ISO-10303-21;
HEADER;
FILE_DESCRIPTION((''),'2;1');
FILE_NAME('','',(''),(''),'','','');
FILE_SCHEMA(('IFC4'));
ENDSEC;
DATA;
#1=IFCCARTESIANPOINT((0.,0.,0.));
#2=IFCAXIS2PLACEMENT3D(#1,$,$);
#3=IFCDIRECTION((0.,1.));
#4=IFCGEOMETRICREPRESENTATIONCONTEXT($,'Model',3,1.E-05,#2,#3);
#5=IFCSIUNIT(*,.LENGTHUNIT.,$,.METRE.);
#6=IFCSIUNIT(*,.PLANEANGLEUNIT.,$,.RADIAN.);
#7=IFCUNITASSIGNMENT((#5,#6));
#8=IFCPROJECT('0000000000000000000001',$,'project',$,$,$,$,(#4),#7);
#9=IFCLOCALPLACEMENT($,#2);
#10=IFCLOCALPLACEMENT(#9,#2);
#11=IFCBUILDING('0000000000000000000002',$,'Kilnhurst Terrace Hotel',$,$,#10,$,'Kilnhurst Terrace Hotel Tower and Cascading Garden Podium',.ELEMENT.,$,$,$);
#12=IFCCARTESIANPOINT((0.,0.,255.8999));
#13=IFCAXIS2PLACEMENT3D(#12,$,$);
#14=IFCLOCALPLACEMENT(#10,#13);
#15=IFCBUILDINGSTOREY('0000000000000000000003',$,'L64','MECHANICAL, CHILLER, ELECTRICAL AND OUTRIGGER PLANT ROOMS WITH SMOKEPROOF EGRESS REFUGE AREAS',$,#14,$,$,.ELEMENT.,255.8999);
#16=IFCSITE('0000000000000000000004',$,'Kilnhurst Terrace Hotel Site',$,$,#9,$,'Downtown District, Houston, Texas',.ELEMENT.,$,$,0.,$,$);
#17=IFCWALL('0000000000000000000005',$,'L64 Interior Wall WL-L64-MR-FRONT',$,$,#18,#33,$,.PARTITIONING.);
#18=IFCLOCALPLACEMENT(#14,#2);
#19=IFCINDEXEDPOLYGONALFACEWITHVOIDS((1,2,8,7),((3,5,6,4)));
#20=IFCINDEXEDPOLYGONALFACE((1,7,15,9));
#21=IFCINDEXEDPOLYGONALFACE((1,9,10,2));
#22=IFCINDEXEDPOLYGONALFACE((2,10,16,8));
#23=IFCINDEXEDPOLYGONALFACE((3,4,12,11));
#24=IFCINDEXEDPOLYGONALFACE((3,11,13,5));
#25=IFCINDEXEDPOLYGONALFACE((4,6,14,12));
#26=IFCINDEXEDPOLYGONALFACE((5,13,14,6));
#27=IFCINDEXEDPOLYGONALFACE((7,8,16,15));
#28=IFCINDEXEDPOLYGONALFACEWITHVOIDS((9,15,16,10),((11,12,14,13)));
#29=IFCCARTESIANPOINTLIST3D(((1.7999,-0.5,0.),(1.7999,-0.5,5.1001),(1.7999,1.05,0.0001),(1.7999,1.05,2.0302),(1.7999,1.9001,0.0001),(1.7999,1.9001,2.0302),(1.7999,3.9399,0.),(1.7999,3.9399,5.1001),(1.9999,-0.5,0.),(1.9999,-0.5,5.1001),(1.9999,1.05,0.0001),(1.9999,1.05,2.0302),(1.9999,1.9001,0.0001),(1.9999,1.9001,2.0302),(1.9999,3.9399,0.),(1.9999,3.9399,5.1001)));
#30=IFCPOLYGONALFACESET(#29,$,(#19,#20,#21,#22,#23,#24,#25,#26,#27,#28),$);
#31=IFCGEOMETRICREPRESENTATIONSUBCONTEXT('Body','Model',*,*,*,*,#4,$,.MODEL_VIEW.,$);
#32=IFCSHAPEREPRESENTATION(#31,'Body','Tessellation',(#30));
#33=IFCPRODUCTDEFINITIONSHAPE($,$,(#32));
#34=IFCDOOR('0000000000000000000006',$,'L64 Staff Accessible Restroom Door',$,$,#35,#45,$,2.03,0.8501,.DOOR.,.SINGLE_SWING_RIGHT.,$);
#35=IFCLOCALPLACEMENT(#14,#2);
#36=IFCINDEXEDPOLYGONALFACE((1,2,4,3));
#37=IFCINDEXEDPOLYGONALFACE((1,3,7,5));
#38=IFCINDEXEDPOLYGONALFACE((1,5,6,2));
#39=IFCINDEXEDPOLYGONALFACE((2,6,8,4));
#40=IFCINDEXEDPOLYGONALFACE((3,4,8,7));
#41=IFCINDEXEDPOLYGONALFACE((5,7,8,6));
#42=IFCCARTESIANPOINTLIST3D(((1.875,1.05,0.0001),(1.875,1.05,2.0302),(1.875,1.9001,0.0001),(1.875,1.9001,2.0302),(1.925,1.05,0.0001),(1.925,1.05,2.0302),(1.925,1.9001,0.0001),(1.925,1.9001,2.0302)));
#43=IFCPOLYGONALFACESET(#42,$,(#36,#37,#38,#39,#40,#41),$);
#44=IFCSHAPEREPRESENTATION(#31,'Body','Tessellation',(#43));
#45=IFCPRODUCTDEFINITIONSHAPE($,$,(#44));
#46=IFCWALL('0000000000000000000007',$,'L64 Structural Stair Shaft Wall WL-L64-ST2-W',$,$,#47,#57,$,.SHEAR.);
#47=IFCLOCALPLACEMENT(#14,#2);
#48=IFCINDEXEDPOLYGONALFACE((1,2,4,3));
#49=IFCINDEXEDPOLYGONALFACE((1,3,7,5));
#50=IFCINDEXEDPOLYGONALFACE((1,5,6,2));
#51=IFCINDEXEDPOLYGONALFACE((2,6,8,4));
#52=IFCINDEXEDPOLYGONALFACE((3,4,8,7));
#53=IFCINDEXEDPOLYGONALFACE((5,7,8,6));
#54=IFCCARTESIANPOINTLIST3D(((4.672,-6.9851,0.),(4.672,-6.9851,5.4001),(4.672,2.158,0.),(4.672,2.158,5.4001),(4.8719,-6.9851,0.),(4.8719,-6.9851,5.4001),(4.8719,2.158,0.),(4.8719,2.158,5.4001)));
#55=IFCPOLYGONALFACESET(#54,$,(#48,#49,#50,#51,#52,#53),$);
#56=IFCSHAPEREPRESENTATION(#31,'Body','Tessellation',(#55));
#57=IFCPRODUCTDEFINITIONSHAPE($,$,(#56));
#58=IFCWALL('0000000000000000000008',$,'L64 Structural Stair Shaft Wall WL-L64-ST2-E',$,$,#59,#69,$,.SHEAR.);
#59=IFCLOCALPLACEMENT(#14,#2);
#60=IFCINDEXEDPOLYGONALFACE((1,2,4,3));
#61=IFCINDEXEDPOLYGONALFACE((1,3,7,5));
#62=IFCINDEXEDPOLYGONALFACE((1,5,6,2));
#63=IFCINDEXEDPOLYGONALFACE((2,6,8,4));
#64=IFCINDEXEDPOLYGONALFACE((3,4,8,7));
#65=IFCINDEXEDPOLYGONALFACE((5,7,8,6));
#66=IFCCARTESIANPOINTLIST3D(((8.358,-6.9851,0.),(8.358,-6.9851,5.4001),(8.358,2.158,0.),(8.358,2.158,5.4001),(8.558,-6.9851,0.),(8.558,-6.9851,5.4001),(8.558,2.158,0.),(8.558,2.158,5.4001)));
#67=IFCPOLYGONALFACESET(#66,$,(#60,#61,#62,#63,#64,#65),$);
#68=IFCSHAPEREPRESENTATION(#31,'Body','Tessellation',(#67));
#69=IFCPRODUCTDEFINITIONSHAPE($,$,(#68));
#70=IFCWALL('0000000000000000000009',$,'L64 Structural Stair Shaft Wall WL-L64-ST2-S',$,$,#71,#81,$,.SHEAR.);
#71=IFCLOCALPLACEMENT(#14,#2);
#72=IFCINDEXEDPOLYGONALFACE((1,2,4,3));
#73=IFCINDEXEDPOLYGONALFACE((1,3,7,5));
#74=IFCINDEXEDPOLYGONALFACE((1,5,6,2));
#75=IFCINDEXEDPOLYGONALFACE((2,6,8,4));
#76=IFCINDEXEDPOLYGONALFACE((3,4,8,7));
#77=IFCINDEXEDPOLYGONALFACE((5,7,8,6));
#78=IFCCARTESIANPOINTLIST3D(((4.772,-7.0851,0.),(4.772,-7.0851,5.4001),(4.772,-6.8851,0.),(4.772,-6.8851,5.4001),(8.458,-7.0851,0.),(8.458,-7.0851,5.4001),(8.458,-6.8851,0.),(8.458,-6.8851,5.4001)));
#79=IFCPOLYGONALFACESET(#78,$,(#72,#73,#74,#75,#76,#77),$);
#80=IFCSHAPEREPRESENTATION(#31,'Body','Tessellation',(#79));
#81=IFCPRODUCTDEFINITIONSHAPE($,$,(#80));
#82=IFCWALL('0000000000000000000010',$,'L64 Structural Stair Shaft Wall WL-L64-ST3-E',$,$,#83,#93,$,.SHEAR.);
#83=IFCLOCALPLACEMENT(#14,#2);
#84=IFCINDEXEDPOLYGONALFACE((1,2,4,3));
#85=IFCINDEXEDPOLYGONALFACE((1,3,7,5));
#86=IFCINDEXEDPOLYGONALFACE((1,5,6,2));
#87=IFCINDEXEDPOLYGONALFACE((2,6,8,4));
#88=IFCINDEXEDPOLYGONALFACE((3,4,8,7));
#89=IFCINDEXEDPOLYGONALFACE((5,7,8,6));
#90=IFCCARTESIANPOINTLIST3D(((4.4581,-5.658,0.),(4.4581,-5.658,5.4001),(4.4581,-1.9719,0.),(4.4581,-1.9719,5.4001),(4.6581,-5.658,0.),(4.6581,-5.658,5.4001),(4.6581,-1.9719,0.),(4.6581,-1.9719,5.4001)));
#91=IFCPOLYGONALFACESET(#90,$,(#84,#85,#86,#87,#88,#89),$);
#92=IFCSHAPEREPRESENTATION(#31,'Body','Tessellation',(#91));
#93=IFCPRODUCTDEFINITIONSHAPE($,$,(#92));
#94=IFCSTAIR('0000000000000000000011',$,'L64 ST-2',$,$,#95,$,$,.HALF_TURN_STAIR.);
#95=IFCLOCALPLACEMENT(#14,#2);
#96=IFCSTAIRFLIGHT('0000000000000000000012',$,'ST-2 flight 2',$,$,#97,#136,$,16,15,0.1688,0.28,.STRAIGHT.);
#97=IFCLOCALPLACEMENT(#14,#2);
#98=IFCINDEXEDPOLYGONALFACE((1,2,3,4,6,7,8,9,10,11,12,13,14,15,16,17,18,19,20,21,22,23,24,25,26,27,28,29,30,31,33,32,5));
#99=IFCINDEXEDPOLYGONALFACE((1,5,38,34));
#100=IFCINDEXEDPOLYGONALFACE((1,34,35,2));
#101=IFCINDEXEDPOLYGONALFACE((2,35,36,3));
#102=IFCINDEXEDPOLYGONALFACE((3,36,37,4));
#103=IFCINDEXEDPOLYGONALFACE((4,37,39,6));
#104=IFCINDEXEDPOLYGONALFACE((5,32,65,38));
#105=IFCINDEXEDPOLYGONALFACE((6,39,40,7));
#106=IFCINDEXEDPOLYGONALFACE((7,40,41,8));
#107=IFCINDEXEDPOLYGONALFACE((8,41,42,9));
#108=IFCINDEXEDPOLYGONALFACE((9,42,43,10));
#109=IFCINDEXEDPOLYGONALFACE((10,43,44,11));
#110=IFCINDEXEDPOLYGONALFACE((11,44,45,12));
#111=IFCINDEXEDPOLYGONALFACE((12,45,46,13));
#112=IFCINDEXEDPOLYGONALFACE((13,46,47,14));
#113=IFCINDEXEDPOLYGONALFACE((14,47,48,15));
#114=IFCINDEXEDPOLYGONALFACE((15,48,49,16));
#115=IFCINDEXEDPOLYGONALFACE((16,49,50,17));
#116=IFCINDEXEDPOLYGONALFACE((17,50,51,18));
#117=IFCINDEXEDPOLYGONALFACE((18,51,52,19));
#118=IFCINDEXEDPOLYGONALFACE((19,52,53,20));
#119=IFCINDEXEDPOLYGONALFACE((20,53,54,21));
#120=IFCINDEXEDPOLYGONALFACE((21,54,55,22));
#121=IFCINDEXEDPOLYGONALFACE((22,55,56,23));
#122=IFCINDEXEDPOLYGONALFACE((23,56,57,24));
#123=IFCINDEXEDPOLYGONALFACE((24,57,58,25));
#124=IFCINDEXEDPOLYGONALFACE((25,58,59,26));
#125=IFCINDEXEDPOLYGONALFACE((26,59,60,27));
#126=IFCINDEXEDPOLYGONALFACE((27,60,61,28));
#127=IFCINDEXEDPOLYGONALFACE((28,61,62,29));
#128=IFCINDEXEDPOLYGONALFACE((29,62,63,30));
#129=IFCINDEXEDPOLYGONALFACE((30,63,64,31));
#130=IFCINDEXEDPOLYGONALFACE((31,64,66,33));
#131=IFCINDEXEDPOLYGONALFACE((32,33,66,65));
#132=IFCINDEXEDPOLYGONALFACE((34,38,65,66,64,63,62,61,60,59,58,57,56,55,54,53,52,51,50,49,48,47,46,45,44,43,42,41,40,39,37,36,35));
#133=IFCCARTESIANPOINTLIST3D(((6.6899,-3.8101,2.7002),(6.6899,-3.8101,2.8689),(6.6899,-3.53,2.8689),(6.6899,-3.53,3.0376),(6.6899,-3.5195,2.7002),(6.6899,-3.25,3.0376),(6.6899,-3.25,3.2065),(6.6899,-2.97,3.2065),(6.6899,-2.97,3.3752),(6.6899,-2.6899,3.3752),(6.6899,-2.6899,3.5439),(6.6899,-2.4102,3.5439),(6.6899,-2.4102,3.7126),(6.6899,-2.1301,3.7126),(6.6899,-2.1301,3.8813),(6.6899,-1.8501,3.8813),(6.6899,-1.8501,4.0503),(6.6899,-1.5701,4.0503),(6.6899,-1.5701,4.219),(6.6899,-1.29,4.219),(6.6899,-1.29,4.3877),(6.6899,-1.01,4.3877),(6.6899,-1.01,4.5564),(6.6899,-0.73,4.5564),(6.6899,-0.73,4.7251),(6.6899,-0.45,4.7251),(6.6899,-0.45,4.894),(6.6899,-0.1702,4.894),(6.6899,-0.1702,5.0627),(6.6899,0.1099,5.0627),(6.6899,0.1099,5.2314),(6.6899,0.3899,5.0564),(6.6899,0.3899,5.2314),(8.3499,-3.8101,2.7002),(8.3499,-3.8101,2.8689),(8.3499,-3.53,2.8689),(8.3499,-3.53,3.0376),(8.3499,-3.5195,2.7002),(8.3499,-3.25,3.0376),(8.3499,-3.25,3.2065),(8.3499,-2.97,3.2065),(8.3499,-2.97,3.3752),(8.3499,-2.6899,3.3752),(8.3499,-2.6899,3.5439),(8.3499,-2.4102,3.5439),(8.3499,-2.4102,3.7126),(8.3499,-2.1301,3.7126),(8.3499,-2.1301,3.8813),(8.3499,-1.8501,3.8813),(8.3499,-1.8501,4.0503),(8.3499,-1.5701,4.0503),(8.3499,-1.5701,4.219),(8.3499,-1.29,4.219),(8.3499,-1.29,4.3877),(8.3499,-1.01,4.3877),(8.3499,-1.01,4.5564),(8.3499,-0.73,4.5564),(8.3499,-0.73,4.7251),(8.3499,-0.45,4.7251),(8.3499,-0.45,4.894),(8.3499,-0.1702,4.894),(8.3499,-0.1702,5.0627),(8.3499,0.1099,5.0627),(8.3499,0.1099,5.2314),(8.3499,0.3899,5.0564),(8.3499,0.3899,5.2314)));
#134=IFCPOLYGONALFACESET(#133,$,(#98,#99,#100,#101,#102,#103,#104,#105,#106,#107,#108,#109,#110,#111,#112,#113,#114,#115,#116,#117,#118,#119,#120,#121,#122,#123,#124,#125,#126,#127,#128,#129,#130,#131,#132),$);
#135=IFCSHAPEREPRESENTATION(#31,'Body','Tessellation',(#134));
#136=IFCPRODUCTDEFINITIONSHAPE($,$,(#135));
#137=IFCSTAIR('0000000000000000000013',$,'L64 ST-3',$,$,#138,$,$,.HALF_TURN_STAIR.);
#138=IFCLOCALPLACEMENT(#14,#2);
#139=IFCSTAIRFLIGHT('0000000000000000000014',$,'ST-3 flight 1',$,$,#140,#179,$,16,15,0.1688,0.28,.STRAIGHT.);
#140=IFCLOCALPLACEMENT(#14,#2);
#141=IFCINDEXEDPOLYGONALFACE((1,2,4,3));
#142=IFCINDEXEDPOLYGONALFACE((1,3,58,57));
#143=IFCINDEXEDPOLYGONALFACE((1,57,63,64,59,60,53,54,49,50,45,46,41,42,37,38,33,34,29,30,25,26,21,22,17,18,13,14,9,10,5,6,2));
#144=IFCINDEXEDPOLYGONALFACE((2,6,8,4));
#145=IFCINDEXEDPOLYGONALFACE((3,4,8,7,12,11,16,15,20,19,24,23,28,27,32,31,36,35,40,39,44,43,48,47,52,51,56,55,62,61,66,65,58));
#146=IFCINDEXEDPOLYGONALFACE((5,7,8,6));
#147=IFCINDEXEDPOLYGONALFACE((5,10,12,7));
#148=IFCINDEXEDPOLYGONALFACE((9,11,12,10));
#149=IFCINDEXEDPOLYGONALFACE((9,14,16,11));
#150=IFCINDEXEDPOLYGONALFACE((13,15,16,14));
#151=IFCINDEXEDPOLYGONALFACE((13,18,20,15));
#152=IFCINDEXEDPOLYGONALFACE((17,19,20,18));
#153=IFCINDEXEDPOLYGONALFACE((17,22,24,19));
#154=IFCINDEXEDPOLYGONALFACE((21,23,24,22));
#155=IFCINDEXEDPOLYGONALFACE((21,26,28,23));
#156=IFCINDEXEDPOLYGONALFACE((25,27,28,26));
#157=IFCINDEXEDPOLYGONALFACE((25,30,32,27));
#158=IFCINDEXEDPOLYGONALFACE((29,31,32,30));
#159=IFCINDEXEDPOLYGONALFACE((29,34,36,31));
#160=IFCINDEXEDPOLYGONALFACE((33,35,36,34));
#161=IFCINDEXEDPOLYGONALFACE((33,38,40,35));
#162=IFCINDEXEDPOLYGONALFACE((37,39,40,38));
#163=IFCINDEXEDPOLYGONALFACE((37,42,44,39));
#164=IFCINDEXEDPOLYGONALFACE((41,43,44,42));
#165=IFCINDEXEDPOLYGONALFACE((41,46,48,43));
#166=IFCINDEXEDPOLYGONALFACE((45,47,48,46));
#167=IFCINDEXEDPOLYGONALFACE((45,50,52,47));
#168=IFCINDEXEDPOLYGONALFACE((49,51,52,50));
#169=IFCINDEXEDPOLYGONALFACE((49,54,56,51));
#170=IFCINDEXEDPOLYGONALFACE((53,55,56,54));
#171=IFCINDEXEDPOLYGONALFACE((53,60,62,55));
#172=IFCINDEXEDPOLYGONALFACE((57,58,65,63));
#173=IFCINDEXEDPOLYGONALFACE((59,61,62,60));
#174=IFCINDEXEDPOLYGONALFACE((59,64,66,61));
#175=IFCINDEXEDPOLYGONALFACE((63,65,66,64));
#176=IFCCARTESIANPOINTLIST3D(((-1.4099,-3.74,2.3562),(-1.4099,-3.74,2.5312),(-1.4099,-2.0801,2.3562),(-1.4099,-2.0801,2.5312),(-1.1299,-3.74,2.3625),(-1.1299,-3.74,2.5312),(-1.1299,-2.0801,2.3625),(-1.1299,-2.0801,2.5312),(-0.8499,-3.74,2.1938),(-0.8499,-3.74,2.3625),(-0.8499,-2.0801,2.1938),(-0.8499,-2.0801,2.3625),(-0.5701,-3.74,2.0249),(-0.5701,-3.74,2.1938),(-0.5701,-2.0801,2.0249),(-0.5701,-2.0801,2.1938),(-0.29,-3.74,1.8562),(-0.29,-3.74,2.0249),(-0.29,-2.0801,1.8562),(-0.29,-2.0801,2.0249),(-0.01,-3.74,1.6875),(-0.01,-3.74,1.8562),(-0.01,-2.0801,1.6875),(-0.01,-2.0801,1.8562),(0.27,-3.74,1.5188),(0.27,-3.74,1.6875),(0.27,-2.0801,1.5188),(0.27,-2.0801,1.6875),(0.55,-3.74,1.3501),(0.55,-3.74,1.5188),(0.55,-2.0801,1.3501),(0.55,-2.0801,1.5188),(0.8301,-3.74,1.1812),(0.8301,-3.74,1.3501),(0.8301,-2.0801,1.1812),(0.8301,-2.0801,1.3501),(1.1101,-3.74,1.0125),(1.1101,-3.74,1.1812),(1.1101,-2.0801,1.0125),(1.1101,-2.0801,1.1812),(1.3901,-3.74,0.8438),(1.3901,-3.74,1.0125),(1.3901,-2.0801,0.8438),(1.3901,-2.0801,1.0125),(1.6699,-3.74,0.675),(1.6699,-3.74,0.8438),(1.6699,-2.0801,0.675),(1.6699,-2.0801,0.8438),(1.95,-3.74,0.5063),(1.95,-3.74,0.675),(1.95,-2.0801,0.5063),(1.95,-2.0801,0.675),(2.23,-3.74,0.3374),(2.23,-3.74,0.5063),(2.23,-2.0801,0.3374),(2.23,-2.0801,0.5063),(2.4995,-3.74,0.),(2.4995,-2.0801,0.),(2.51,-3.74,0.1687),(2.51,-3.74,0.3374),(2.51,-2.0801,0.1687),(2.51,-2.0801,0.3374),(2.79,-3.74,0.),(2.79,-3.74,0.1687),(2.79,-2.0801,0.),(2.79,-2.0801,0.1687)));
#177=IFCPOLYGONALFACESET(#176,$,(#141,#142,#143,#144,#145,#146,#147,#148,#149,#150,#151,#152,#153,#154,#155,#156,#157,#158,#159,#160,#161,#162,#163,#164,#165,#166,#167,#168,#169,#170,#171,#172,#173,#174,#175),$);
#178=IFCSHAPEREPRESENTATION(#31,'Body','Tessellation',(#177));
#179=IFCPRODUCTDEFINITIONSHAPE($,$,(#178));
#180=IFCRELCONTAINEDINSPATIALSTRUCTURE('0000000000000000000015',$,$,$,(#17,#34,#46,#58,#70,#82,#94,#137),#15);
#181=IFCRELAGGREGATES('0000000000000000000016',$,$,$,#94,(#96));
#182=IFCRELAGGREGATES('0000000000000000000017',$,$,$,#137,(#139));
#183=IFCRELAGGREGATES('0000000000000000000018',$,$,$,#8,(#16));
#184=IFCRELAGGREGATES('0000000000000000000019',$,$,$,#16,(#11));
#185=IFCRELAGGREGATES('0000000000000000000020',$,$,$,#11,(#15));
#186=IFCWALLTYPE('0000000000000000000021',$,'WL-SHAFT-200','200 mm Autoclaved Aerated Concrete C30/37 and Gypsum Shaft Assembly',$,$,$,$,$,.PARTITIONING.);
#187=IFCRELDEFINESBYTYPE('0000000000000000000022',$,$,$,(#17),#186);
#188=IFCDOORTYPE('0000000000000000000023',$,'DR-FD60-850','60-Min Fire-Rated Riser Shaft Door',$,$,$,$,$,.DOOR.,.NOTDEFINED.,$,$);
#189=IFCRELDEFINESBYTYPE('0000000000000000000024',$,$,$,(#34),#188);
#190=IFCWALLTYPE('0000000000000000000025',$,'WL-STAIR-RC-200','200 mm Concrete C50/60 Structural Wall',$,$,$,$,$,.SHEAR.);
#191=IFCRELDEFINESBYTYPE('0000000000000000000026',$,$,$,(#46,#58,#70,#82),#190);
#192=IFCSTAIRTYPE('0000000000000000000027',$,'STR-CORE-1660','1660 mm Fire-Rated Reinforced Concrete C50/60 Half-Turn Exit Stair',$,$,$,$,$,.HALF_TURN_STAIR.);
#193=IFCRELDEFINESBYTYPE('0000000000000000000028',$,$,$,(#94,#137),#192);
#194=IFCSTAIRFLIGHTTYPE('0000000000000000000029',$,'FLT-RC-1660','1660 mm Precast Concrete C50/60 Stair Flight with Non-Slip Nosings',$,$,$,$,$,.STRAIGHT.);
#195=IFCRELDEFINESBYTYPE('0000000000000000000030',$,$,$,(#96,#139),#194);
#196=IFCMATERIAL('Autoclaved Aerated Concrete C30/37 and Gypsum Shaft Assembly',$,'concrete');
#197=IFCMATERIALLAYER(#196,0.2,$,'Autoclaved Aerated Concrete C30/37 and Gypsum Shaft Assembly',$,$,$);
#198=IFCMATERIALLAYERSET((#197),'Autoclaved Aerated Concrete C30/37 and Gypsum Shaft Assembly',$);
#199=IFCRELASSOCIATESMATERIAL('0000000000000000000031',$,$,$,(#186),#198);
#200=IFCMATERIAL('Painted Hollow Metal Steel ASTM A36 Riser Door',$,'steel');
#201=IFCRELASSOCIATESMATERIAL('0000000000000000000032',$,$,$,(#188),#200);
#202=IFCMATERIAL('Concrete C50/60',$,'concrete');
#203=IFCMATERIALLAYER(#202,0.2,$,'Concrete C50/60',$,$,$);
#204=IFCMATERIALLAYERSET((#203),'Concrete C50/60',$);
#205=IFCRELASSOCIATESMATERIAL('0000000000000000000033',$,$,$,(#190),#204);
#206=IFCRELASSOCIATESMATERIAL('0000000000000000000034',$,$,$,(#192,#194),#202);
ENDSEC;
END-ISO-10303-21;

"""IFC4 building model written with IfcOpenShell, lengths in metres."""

from ifc_helpers import new_model, si_unit, direction, frame, frame_2d, origin, place, context, subcontext, project, spatial, polyline, rectangle, outline, extrude, material, layer, layer_set, type_object, element, fill, aggregate, save


model = new_model("IFC4")

# Units and contexts
model_context = context("Model", 3, precision=1e-05, world=origin(), true_north=direction((0.0, 1.0)))
body_context = subcontext(model_context, "Body", "Model", "MODEL_VIEW")
ifc_project = project(units=[si_unit("LENGTHUNIT", "METRE"), si_unit("PLANEANGLEUNIT", "RADIAN")], contexts=[model_context])

# Site, building, storey
site_placement = place(None, origin())
site = spatial("IfcSite", under=ifc_project, at=site_placement, Name="Kilnhurst Terrace Hotel Site", LongName="Downtown District, Houston, Texas", CompositionType="ELEMENT", RefElevation=0.0)
building_placement = place(site_placement, origin())
building = spatial("IfcBuilding", under=site, at=building_placement, Name="Kilnhurst Terrace Hotel", LongName="Kilnhurst Terrace Hotel Tower and Cascading Garden Podium", CompositionType="ELEMENT")
storey_placement = place(building_placement, frame((0.0, 0.0, 255.8999)))
storey = spatial("IfcBuildingStorey", under=building, at=storey_placement, Name="L64", Description="MECHANICAL, CHILLER, ELECTRICAL AND OUTRIGGER PLANT ROOMS WITH SMOKEPROOF EGRESS REFUGE AREAS", CompositionType="ELEMENT", Elevation=255.8999)

# Wall, opening, door
ifc_material_1 = material(Name="Autoclaved Aerated Concrete C30/37 and Gypsum Shaft Assembly", Category="concrete")
ifc_layer_1 = layer(ifc_material_1, 0.2, Name="Autoclaved Aerated Concrete C30/37 and Gypsum Shaft Assembly")
ifc_layer_set_1 = layer_set([ifc_layer_1], Name="Autoclaved Aerated Concrete C30/37 and Gypsum Shaft Assembly")
wall_type_1 = type_object("IfcWallType", Name="WL-SHAFT-200", Description="200 mm Autoclaved Aerated Concrete C30/37 and Gypsum Shaft Assembly", PredefinedType="PARTITIONING", material=ifc_layer_set_1)
wall_1_placement = place(storey_placement, frame((1.8999, -0.5, 0.0), z_axis=(0.0, 0.0, 1.0), x_axis=(0.0, 1.0, 0.0)))
wall_1 = element("IfcWall", 1, at=wall_1_placement, inside=storey, type_object=wall_type_1, Name="L64 Interior Wall WL-L64-MR-FRONT", PredefinedType="PARTITIONING", context=body_context, shape_type="SweptSolid", body=[
    extrude(rectangle(XDim=4.4399, YDim=0.2, at=frame_2d((2.22, 0.0))), origin(), (0.0, 0.0, 1.0), 5.1001),
])
opening_1_placement = place(wall_1_placement, frame((1.55, 0.0, 0.0)))
opening_1 = element("IfcOpeningElement", 2, at=opening_1_placement, cuts=wall_1, PredefinedType="OPENING", context=body_context, shape_type="SweptSolid", body=[
    extrude(rectangle(XDim=0.8501, YDim=2.03, at=frame_2d((0.425, 1.0151))), frame((0.0, 0.1099, 0.0), z_axis=(0.0, -1.0, 0.0), x_axis=(1.0, 0.0, 0.0)), (0.0, 0.0, 1.0), 0.22),
])
ifc_material_2 = material(Name="Painted Hollow Metal Steel ASTM A36 Riser Door", Category="steel")
door_type_1 = type_object("IfcDoorType", Name="DR-FD60-850", Description="60-Min Fire-Rated Riser Shaft Door", OperationType="NOTDEFINED", PredefinedType="DOOR", material=ifc_material_2)
door_1_placement = place(opening_1_placement, origin())
door_1 = element("IfcDoor", 3, at=door_1_placement, inside=storey, type_object=door_type_1, Name="L64 Staff Accessible Restroom Door", OperationType="SINGLE_SWING_RIGHT", OverallHeight=2.03, OverallWidth=0.8501, PredefinedType="DOOR", context=body_context, shape_type="SweptSolid", body=[
    extrude(rectangle(XDim=0.8501, YDim=2.03, at=frame_2d((0.425, 1.0151))), frame((0.0, 0.0249, 0.0), z_axis=(0.0, -1.0, 0.0), x_axis=(1.0, 0.0, 0.0)), (0.0, 0.0, 1.0), 0.05),
])
fill(opening_1, door_1)

# Walls
ifc_material_3 = material(Name="Concrete C50/60", Category="concrete")
ifc_layer_2 = layer(ifc_material_3, 0.2, Name="Concrete C50/60")
ifc_layer_set_2 = layer_set([ifc_layer_2], Name="Concrete C50/60")
wall_type_2 = type_object("IfcWallType", Name="WL-STAIR-RC-200", Description="200 mm Concrete C50/60 Structural Wall", PredefinedType="SHEAR", material=ifc_layer_set_2)
for number, where, z_axis, x_axis, name in (
    (4, (4.772, -6.9851, 0.0), (0.0, 0.0, 1.0), (0.0, 1.0, 0.0), "L64 Structural Stair Shaft Wall WL-L64-ST2-W"),
    (5, (8.458, -6.9851, 0.0), (0.0, 0.0, 1.0), (0.0, 1.0, 0.0), "L64 Structural Stair Shaft Wall WL-L64-ST2-E"),
):
    element("IfcWall", number, at=place(storey_placement, frame(where, z_axis=z_axis, x_axis=x_axis)), inside=storey, type_object=wall_type_2, Name=name, PredefinedType="SHEAR", context=body_context, shape_type="SweptSolid", body=[
        extrude(rectangle(XDim=9.1431, YDim=0.2, at=frame_2d((4.5715, 0.0))), origin(), (0.0, 0.0, 1.0), 5.4001),
    ])
for number, where, z_axis, x_axis, name in (
    (6, (4.772, -6.9851, 0.0), (0.0, 0.0, 1.0), (1.0, 0.0, 0.0), "L64 Structural Stair Shaft Wall WL-L64-ST2-S"),
    (7, (4.5581, -5.658, 0.0), (0.0, 0.0, 1.0), (0.0, 1.0, 0.0), "L64 Structural Stair Shaft Wall WL-L64-ST3-E"),
):
    element("IfcWall", number, at=place(storey_placement, frame(where, z_axis=z_axis, x_axis=x_axis)), inside=storey, type_object=wall_type_2, Name=name, PredefinedType="SHEAR", context=body_context, shape_type="SweptSolid", body=[
        extrude(rectangle(XDim=3.686, YDim=0.2, at=frame_2d((1.843, 0.0))), origin(), (0.0, 0.0, 1.0), 5.4001),
    ])

# Stairs, stair flights
stair_type = type_object("IfcStairType", Name="STR-CORE-1660", Description="1660 mm Fire-Rated Reinforced Concrete C50/60 Half-Turn Exit Stair", PredefinedType="HALF_TURN_STAIR", material=ifc_material_3)
stair_1_placement = place(storey_placement, origin())
stair_1 = element("IfcStair", 8, at=stair_1_placement, inside=storey, type_object=stair_type, Name="L64 ST-2", PredefinedType="HALF_TURN_STAIR")
stair_flight_type = type_object("IfcStairFlightType", Name="FLT-RC-1660", Description="1660 mm Precast Concrete C50/60 Stair Flight with Non-Slip Nosings", PredefinedType="STRAIGHT", material=ifc_material_3)
stair_flight_1_placement = place(storey_placement, frame((7.52, -3.8101, 2.7002), z_axis=(0.0, 0.0, 1.0), x_axis=(0.0, 1.0, 0.0)))
stair_flight_1 = element("IfcStairFlight", 9, at=stair_flight_1_placement, type_object=stair_flight_type, Name="ST-2 flight 2", NumberOfRisers=16, NumberOfTreads=15, PredefinedType="STRAIGHT", RiserHeight=0.1688, TreadLength=0.28, context=body_context, shape_type="SweptSolid", body=[
    extrude(outline(polyline([(0.0, 0.0), (0.0, 0.1687), (0.28, 0.1687), (0.28, 0.3374), (0.5601, 0.3374), (0.5601, 0.5063), (0.8401, 0.5063), (0.8401, 0.675), (1.1201, 0.675), (1.1201, 0.8438), (1.3999, 0.8438), (1.3999, 1.0125), (1.6799, 1.0125), (1.6799, 1.1812), (1.96, 1.1812), (1.96, 1.3501), (2.24, 1.3501), (2.24, 1.5188), (2.52, 1.5188), (2.52, 1.6875), (2.8, 1.6875), (2.8, 1.8562), (3.0801, 1.8562), (3.0801, 2.0249), (3.3601, 2.0249), (3.3601, 2.1938), (3.6399, 2.1938), (3.6399, 2.3625), (3.9199, 2.3625), (3.9199, 2.5312), (4.2, 2.5312), (4.2, 2.7), (4.2, 2.3562), (0.2905, 0.0), (0.0, 0.0)])), frame((0.0, 0.8301, 0.0), z_axis=(0.0, -1.0, 0.0), x_axis=(1.0, 0.0, 0.0)), (0.0, 0.0, 1.0), 1.6599),
])
aggregate(stair_1, [stair_flight_1])
stair_2_placement = place(storey_placement, origin())
stair_2 = element("IfcStair", 10, at=stair_2_placement, inside=storey, type_object=stair_type, Name="L64 ST-3", PredefinedType="HALF_TURN_STAIR")
stair_flight_2_placement = place(storey_placement, frame((2.79, -2.9099, 0.0), z_axis=(0.0, 0.0, 1.0), x_axis=(-1.0, 0.0, 0.0)))
stair_flight_2 = element("IfcStairFlight", 11, at=stair_flight_2_placement, type_object=stair_flight_type, Name="ST-3 flight 1", NumberOfRisers=16, NumberOfTreads=15, PredefinedType="STRAIGHT", RiserHeight=0.1688, TreadLength=0.28, context=body_context, shape_type="SweptSolid", body=[
    extrude(outline(polyline([(0.0, 0.0), (0.0, 0.1687), (0.28, 0.1687), (0.28, 0.3374), (0.5601, 0.3374), (0.5601, 0.5063), (0.8401, 0.5063), (0.8401, 0.675), (1.1201, 0.675), (1.1201, 0.8438), (1.3999, 0.8438), (1.3999, 1.0125), (1.6799, 1.0125), (1.6799, 1.1812), (1.96, 1.1812), (1.96, 1.3501), (2.24, 1.3501), (2.24, 1.5188), (2.52, 1.5188), (2.52, 1.6875), (2.8, 1.6875), (2.8, 1.8562), (3.0801, 1.8562), (3.0801, 2.0249), (3.3601, 2.0249), (3.3601, 2.1938), (3.6399, 2.1938), (3.6399, 2.3625), (3.9199, 2.3625), (3.9199, 2.5312), (4.2, 2.5312), (4.2, 2.7), (4.2, 2.3562), (0.2905, 0.0), (0.0, 0.0)])), frame((0.0, 0.8301, 0.0), z_axis=(0.0, -1.0, 0.0), x_axis=(1.0, 0.0, 0.0)), (0.0, 0.0, 1.0), 1.6599),
])
aggregate(stair_2, [stair_flight_2])

save(model, "model.ifc")
